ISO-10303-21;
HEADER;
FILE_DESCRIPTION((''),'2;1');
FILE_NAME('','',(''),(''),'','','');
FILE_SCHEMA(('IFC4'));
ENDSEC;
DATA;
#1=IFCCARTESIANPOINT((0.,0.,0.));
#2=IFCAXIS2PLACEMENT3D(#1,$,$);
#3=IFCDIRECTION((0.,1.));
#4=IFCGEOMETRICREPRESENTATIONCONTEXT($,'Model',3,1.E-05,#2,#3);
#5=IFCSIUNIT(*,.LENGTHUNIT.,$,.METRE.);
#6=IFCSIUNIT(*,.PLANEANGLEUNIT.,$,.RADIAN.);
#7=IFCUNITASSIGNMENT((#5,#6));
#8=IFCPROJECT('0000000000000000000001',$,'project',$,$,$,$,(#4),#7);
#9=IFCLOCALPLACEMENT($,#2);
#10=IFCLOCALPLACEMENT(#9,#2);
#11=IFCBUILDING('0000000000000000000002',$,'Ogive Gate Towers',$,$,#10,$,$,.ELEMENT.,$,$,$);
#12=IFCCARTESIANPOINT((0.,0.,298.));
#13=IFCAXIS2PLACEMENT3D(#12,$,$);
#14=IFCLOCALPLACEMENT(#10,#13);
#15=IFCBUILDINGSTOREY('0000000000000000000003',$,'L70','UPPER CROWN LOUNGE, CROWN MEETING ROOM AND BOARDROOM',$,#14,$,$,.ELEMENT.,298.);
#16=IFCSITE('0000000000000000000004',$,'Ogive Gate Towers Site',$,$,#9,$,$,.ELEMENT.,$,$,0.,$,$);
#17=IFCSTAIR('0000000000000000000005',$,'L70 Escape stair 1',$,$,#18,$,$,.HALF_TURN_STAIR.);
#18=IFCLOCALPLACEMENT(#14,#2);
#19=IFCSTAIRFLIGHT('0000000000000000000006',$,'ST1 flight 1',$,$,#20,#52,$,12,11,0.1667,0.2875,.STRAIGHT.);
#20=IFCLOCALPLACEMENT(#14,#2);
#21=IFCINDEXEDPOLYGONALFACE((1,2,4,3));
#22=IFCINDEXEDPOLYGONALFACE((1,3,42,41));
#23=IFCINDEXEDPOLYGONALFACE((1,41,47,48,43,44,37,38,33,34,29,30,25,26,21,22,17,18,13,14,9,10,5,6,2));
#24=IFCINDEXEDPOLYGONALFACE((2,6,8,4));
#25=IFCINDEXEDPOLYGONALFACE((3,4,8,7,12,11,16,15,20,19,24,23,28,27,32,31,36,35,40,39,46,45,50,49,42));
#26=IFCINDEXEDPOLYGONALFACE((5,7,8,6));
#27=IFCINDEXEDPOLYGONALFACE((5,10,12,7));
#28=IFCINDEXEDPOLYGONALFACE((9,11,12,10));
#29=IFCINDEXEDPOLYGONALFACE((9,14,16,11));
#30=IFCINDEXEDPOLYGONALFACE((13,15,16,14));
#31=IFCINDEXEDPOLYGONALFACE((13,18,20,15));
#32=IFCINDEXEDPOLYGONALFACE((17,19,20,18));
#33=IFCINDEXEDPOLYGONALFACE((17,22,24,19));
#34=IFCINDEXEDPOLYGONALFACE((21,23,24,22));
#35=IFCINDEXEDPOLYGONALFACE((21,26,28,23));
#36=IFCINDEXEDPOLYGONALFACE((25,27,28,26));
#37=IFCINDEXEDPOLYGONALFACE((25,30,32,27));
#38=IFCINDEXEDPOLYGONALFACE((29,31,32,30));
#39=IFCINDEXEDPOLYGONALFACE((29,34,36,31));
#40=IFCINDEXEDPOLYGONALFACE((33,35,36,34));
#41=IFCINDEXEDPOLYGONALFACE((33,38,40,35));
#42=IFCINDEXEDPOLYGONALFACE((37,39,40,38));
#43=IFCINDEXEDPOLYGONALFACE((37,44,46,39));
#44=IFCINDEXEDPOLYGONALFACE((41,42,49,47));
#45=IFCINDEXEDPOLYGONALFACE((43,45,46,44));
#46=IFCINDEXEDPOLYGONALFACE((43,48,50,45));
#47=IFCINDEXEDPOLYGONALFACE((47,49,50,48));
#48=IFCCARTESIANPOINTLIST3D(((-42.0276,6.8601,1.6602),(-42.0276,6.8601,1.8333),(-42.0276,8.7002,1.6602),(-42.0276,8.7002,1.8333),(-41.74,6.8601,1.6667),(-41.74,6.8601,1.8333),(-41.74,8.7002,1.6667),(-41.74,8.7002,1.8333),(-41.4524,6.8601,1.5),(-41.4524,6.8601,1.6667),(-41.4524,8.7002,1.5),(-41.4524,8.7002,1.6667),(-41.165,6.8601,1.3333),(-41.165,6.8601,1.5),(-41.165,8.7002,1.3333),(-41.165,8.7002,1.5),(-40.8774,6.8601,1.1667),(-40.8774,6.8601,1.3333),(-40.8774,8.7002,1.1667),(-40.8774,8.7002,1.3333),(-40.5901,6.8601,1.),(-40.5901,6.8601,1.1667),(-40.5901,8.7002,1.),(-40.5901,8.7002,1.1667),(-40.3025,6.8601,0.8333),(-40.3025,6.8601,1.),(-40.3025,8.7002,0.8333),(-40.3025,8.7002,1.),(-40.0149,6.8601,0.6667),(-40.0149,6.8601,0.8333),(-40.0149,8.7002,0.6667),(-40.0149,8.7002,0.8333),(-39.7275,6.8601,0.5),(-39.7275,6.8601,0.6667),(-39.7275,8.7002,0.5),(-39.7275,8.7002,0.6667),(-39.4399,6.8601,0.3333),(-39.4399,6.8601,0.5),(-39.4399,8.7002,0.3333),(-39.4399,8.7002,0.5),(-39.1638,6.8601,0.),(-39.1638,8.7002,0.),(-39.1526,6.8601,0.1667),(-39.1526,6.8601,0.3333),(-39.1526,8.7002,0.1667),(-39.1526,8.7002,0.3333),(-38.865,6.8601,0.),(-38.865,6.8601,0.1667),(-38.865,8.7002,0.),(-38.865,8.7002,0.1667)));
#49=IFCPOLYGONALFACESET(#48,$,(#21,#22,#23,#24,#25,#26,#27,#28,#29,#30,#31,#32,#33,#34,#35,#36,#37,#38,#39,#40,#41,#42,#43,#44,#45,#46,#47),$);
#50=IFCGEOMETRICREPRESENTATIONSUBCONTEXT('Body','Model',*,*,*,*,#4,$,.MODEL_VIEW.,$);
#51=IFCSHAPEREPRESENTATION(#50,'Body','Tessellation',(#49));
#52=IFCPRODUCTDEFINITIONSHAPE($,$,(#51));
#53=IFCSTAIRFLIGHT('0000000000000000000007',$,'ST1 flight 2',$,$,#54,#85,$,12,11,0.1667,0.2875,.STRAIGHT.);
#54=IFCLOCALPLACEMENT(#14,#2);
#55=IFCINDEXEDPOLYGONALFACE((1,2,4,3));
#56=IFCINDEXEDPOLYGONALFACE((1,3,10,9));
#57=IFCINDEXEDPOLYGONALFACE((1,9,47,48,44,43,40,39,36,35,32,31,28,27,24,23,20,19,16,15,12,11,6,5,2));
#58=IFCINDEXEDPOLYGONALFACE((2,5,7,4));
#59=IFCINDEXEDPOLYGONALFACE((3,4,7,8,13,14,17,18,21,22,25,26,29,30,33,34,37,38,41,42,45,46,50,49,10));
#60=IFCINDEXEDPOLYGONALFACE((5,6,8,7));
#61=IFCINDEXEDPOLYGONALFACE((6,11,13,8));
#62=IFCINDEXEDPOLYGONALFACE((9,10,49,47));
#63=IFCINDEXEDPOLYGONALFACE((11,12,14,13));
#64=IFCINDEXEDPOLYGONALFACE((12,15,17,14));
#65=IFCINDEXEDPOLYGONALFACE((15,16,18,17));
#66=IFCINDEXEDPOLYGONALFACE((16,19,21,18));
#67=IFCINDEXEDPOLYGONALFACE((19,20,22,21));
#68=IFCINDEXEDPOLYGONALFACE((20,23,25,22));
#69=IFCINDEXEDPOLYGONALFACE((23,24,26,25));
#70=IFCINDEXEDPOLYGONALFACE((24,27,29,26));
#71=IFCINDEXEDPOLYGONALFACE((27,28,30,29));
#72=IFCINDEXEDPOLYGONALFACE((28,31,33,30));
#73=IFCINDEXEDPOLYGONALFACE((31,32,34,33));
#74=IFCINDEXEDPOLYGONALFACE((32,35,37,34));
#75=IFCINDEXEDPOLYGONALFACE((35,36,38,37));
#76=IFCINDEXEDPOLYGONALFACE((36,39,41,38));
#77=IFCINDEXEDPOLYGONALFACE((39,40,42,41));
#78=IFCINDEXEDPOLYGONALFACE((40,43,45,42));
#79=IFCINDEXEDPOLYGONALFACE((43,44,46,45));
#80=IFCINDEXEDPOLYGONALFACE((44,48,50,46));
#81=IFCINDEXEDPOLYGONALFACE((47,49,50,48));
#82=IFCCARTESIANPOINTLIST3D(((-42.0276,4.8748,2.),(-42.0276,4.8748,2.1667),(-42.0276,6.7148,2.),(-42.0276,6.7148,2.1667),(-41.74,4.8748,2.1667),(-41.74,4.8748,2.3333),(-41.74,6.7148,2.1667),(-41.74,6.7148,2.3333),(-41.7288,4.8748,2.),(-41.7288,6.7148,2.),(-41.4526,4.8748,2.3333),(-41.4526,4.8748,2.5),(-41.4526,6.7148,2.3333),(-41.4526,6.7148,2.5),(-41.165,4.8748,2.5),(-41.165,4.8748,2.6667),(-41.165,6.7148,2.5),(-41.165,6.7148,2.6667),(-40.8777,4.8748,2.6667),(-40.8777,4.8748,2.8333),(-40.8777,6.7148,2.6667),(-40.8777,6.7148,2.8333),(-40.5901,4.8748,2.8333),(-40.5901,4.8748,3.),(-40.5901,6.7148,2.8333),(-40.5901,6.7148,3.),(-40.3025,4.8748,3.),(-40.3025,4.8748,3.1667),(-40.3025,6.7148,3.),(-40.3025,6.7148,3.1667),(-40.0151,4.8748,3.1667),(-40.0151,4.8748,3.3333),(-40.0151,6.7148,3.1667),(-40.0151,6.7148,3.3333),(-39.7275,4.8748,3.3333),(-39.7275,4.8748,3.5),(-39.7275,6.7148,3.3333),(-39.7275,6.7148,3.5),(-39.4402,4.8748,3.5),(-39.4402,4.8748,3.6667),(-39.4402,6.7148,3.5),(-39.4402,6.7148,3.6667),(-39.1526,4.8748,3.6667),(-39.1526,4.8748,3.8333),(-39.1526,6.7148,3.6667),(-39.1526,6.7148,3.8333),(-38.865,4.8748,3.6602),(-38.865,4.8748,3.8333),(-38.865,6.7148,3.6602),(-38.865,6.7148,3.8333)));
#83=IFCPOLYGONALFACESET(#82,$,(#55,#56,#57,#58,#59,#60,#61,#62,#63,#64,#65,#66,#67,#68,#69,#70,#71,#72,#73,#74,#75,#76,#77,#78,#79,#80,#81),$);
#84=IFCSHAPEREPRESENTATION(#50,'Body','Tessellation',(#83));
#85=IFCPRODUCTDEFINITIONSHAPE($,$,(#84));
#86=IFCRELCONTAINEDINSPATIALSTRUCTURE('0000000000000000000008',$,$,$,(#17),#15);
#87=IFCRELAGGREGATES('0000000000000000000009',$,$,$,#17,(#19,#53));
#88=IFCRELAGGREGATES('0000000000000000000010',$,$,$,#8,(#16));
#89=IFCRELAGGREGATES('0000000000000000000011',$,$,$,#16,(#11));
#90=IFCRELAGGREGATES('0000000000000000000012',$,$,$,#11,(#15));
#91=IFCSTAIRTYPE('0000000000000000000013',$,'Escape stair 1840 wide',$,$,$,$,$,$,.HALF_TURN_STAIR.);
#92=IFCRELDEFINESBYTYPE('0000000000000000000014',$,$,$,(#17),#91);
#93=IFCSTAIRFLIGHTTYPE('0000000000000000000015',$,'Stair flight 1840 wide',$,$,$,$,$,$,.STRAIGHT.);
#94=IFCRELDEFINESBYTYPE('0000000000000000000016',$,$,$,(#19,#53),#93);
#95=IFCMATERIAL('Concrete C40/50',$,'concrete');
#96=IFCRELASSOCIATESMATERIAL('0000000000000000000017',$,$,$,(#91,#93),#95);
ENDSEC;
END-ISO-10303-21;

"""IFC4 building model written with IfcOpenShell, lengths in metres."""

from ifc_helpers import new_model, si_unit, direction, frame, origin, place, context, subcontext, project, spatial, polyline, outline, extrude, material, type_object, element, aggregate, save


model = new_model("IFC4")

# Units and contexts
model_context = context("Model", 3, precision=1e-05, world=origin(), true_north=direction((0.0, 1.0)))
body_context = subcontext(model_context, "Body", "Model", "MODEL_VIEW")
ifc_project = project(units=[si_unit("LENGTHUNIT", "METRE"), si_unit("PLANEANGLEUNIT", "RADIAN")], contexts=[model_context])

# Site, building, storey
site_placement = place(None, origin())
site = spatial("IfcSite", under=ifc_project, at=site_placement, Name="Ogive Gate Towers Site", CompositionType="ELEMENT", RefElevation=0.0)
building_placement = place(site_placement, origin())
building = spatial("IfcBuilding", under=site, at=building_placement, Name="Ogive Gate Towers", CompositionType="ELEMENT")
storey_placement = place(building_placement, frame((0.0, 0.0, 298.0)))
storey = spatial("IfcBuildingStorey", under=building, at=storey_placement, Name="L70", Description="UPPER CROWN LOUNGE, CROWN MEETING ROOM AND BOARDROOM", CompositionType="ELEMENT", Elevation=298.0)

# Stair, stair flights
ifc_material_1 = material(Name="Concrete C40/50", Category="concrete")
stair_type = type_object("IfcStairType", Name="Escape stair 1840 wide", PredefinedType="HALF_TURN_STAIR", material=ifc_material_1)
stair_placement = place(storey_placement, origin())
stair = element("IfcStair", 1, at=stair_placement, inside=storey, type_object=stair_type, Name="L70 Escape stair 1", PredefinedType="HALF_TURN_STAIR")
stair_flight_type = type_object("IfcStairFlightType", Name="Stair flight 1840 wide", PredefinedType="STRAIGHT", material=ifc_material_1)
stair_flight_1_placement = place(storey_placement, frame((-38.865, 7.78, 0.0), z_axis=(0.0, 0.0, 1.0), x_axis=(-1.0, 0.0, 0.0)))
stair_flight_1 = element("IfcStairFlight", 2, at=stair_flight_1_placement, type_object=stair_flight_type, Name="ST1 flight 1", NumberOfRisers=12, NumberOfTreads=11, PredefinedType="STRAIGHT", RiserHeight=0.1667, TreadLength=0.2875, context=body_context, shape_type="SweptSolid", body=[
    extrude(outline(polyline([(0.0, 0.0), (0.0, 0.1667), (0.2876, 0.1667), (0.2876, 0.3333), (0.575, 0.3333), (0.575, 0.5), (0.8625, 0.5), (0.8625, 0.6667), (1.1499, 0.6667), (1.1499, 0.8333), (1.4375, 0.8333), (1.4375, 1.0), (1.7251, 1.0), (1.7251, 1.1667), (2.0125, 1.1667), (2.0125, 1.3333), (2.3, 1.3333), (2.3, 1.5), (2.5874, 1.5), (2.5874, 1.6667), (2.875, 1.6667), (2.875, 1.8333), (3.1626, 1.8333), (3.1626, 2.0), (3.1626, 1.6602), (0.2988, 0.0), (0.0, 0.0)])), frame((0.0, 0.9199, 0.0), z_axis=(0.0, -1.0, 0.0), x_axis=(1.0, 0.0, 0.0)), (0.0, 0.0, 1.0), 1.8401),
])
stair_flight_2_placement = place(storey_placement, frame((-42.0276, 5.7949, 2.0), z_axis=(0.0, 0.0, 1.0), x_axis=(1.0, 0.0, 0.0)))
stair_flight_2 = element("IfcStairFlight", 3, at=stair_flight_2_placement, type_object=stair_flight_type, Name="ST1 flight 2", NumberOfRisers=12, NumberOfTreads=11, PredefinedType="STRAIGHT", RiserHeight=0.1667, TreadLength=0.2875, context=body_context, shape_type="SweptSolid", body=[
    extrude(outline(polyline([(0.0, 0.0), (0.0, 0.1667), (0.2876, 0.1667), (0.2876, 0.3333), (0.575, 0.3333), (0.575, 0.5), (0.8625, 0.5), (0.8625, 0.6667), (1.1499, 0.6667), (1.1499, 0.8333), (1.4375, 0.8333), (1.4375, 1.0), (1.7251, 1.0), (1.7251, 1.1667), (2.0125, 1.1667), (2.0125, 1.3333), (2.3, 1.3333), (2.3, 1.5), (2.5874, 1.5), (2.5874, 1.6667), (2.875, 1.6667), (2.875, 1.8333), (3.1626, 1.8333), (3.1626, 2.0), (3.1626, 1.6602), (0.2988, 0.0), (0.0, 0.0)])), frame((0.0, 0.9199, 0.0), z_axis=(0.0, -1.0, 0.0), x_axis=(1.0, 0.0, 0.0)), (0.0, 0.0, 1.0), 1.8401),
])
aggregate(stair, [stair_flight_1, stair_flight_2])

save(model, "model.ifc")
